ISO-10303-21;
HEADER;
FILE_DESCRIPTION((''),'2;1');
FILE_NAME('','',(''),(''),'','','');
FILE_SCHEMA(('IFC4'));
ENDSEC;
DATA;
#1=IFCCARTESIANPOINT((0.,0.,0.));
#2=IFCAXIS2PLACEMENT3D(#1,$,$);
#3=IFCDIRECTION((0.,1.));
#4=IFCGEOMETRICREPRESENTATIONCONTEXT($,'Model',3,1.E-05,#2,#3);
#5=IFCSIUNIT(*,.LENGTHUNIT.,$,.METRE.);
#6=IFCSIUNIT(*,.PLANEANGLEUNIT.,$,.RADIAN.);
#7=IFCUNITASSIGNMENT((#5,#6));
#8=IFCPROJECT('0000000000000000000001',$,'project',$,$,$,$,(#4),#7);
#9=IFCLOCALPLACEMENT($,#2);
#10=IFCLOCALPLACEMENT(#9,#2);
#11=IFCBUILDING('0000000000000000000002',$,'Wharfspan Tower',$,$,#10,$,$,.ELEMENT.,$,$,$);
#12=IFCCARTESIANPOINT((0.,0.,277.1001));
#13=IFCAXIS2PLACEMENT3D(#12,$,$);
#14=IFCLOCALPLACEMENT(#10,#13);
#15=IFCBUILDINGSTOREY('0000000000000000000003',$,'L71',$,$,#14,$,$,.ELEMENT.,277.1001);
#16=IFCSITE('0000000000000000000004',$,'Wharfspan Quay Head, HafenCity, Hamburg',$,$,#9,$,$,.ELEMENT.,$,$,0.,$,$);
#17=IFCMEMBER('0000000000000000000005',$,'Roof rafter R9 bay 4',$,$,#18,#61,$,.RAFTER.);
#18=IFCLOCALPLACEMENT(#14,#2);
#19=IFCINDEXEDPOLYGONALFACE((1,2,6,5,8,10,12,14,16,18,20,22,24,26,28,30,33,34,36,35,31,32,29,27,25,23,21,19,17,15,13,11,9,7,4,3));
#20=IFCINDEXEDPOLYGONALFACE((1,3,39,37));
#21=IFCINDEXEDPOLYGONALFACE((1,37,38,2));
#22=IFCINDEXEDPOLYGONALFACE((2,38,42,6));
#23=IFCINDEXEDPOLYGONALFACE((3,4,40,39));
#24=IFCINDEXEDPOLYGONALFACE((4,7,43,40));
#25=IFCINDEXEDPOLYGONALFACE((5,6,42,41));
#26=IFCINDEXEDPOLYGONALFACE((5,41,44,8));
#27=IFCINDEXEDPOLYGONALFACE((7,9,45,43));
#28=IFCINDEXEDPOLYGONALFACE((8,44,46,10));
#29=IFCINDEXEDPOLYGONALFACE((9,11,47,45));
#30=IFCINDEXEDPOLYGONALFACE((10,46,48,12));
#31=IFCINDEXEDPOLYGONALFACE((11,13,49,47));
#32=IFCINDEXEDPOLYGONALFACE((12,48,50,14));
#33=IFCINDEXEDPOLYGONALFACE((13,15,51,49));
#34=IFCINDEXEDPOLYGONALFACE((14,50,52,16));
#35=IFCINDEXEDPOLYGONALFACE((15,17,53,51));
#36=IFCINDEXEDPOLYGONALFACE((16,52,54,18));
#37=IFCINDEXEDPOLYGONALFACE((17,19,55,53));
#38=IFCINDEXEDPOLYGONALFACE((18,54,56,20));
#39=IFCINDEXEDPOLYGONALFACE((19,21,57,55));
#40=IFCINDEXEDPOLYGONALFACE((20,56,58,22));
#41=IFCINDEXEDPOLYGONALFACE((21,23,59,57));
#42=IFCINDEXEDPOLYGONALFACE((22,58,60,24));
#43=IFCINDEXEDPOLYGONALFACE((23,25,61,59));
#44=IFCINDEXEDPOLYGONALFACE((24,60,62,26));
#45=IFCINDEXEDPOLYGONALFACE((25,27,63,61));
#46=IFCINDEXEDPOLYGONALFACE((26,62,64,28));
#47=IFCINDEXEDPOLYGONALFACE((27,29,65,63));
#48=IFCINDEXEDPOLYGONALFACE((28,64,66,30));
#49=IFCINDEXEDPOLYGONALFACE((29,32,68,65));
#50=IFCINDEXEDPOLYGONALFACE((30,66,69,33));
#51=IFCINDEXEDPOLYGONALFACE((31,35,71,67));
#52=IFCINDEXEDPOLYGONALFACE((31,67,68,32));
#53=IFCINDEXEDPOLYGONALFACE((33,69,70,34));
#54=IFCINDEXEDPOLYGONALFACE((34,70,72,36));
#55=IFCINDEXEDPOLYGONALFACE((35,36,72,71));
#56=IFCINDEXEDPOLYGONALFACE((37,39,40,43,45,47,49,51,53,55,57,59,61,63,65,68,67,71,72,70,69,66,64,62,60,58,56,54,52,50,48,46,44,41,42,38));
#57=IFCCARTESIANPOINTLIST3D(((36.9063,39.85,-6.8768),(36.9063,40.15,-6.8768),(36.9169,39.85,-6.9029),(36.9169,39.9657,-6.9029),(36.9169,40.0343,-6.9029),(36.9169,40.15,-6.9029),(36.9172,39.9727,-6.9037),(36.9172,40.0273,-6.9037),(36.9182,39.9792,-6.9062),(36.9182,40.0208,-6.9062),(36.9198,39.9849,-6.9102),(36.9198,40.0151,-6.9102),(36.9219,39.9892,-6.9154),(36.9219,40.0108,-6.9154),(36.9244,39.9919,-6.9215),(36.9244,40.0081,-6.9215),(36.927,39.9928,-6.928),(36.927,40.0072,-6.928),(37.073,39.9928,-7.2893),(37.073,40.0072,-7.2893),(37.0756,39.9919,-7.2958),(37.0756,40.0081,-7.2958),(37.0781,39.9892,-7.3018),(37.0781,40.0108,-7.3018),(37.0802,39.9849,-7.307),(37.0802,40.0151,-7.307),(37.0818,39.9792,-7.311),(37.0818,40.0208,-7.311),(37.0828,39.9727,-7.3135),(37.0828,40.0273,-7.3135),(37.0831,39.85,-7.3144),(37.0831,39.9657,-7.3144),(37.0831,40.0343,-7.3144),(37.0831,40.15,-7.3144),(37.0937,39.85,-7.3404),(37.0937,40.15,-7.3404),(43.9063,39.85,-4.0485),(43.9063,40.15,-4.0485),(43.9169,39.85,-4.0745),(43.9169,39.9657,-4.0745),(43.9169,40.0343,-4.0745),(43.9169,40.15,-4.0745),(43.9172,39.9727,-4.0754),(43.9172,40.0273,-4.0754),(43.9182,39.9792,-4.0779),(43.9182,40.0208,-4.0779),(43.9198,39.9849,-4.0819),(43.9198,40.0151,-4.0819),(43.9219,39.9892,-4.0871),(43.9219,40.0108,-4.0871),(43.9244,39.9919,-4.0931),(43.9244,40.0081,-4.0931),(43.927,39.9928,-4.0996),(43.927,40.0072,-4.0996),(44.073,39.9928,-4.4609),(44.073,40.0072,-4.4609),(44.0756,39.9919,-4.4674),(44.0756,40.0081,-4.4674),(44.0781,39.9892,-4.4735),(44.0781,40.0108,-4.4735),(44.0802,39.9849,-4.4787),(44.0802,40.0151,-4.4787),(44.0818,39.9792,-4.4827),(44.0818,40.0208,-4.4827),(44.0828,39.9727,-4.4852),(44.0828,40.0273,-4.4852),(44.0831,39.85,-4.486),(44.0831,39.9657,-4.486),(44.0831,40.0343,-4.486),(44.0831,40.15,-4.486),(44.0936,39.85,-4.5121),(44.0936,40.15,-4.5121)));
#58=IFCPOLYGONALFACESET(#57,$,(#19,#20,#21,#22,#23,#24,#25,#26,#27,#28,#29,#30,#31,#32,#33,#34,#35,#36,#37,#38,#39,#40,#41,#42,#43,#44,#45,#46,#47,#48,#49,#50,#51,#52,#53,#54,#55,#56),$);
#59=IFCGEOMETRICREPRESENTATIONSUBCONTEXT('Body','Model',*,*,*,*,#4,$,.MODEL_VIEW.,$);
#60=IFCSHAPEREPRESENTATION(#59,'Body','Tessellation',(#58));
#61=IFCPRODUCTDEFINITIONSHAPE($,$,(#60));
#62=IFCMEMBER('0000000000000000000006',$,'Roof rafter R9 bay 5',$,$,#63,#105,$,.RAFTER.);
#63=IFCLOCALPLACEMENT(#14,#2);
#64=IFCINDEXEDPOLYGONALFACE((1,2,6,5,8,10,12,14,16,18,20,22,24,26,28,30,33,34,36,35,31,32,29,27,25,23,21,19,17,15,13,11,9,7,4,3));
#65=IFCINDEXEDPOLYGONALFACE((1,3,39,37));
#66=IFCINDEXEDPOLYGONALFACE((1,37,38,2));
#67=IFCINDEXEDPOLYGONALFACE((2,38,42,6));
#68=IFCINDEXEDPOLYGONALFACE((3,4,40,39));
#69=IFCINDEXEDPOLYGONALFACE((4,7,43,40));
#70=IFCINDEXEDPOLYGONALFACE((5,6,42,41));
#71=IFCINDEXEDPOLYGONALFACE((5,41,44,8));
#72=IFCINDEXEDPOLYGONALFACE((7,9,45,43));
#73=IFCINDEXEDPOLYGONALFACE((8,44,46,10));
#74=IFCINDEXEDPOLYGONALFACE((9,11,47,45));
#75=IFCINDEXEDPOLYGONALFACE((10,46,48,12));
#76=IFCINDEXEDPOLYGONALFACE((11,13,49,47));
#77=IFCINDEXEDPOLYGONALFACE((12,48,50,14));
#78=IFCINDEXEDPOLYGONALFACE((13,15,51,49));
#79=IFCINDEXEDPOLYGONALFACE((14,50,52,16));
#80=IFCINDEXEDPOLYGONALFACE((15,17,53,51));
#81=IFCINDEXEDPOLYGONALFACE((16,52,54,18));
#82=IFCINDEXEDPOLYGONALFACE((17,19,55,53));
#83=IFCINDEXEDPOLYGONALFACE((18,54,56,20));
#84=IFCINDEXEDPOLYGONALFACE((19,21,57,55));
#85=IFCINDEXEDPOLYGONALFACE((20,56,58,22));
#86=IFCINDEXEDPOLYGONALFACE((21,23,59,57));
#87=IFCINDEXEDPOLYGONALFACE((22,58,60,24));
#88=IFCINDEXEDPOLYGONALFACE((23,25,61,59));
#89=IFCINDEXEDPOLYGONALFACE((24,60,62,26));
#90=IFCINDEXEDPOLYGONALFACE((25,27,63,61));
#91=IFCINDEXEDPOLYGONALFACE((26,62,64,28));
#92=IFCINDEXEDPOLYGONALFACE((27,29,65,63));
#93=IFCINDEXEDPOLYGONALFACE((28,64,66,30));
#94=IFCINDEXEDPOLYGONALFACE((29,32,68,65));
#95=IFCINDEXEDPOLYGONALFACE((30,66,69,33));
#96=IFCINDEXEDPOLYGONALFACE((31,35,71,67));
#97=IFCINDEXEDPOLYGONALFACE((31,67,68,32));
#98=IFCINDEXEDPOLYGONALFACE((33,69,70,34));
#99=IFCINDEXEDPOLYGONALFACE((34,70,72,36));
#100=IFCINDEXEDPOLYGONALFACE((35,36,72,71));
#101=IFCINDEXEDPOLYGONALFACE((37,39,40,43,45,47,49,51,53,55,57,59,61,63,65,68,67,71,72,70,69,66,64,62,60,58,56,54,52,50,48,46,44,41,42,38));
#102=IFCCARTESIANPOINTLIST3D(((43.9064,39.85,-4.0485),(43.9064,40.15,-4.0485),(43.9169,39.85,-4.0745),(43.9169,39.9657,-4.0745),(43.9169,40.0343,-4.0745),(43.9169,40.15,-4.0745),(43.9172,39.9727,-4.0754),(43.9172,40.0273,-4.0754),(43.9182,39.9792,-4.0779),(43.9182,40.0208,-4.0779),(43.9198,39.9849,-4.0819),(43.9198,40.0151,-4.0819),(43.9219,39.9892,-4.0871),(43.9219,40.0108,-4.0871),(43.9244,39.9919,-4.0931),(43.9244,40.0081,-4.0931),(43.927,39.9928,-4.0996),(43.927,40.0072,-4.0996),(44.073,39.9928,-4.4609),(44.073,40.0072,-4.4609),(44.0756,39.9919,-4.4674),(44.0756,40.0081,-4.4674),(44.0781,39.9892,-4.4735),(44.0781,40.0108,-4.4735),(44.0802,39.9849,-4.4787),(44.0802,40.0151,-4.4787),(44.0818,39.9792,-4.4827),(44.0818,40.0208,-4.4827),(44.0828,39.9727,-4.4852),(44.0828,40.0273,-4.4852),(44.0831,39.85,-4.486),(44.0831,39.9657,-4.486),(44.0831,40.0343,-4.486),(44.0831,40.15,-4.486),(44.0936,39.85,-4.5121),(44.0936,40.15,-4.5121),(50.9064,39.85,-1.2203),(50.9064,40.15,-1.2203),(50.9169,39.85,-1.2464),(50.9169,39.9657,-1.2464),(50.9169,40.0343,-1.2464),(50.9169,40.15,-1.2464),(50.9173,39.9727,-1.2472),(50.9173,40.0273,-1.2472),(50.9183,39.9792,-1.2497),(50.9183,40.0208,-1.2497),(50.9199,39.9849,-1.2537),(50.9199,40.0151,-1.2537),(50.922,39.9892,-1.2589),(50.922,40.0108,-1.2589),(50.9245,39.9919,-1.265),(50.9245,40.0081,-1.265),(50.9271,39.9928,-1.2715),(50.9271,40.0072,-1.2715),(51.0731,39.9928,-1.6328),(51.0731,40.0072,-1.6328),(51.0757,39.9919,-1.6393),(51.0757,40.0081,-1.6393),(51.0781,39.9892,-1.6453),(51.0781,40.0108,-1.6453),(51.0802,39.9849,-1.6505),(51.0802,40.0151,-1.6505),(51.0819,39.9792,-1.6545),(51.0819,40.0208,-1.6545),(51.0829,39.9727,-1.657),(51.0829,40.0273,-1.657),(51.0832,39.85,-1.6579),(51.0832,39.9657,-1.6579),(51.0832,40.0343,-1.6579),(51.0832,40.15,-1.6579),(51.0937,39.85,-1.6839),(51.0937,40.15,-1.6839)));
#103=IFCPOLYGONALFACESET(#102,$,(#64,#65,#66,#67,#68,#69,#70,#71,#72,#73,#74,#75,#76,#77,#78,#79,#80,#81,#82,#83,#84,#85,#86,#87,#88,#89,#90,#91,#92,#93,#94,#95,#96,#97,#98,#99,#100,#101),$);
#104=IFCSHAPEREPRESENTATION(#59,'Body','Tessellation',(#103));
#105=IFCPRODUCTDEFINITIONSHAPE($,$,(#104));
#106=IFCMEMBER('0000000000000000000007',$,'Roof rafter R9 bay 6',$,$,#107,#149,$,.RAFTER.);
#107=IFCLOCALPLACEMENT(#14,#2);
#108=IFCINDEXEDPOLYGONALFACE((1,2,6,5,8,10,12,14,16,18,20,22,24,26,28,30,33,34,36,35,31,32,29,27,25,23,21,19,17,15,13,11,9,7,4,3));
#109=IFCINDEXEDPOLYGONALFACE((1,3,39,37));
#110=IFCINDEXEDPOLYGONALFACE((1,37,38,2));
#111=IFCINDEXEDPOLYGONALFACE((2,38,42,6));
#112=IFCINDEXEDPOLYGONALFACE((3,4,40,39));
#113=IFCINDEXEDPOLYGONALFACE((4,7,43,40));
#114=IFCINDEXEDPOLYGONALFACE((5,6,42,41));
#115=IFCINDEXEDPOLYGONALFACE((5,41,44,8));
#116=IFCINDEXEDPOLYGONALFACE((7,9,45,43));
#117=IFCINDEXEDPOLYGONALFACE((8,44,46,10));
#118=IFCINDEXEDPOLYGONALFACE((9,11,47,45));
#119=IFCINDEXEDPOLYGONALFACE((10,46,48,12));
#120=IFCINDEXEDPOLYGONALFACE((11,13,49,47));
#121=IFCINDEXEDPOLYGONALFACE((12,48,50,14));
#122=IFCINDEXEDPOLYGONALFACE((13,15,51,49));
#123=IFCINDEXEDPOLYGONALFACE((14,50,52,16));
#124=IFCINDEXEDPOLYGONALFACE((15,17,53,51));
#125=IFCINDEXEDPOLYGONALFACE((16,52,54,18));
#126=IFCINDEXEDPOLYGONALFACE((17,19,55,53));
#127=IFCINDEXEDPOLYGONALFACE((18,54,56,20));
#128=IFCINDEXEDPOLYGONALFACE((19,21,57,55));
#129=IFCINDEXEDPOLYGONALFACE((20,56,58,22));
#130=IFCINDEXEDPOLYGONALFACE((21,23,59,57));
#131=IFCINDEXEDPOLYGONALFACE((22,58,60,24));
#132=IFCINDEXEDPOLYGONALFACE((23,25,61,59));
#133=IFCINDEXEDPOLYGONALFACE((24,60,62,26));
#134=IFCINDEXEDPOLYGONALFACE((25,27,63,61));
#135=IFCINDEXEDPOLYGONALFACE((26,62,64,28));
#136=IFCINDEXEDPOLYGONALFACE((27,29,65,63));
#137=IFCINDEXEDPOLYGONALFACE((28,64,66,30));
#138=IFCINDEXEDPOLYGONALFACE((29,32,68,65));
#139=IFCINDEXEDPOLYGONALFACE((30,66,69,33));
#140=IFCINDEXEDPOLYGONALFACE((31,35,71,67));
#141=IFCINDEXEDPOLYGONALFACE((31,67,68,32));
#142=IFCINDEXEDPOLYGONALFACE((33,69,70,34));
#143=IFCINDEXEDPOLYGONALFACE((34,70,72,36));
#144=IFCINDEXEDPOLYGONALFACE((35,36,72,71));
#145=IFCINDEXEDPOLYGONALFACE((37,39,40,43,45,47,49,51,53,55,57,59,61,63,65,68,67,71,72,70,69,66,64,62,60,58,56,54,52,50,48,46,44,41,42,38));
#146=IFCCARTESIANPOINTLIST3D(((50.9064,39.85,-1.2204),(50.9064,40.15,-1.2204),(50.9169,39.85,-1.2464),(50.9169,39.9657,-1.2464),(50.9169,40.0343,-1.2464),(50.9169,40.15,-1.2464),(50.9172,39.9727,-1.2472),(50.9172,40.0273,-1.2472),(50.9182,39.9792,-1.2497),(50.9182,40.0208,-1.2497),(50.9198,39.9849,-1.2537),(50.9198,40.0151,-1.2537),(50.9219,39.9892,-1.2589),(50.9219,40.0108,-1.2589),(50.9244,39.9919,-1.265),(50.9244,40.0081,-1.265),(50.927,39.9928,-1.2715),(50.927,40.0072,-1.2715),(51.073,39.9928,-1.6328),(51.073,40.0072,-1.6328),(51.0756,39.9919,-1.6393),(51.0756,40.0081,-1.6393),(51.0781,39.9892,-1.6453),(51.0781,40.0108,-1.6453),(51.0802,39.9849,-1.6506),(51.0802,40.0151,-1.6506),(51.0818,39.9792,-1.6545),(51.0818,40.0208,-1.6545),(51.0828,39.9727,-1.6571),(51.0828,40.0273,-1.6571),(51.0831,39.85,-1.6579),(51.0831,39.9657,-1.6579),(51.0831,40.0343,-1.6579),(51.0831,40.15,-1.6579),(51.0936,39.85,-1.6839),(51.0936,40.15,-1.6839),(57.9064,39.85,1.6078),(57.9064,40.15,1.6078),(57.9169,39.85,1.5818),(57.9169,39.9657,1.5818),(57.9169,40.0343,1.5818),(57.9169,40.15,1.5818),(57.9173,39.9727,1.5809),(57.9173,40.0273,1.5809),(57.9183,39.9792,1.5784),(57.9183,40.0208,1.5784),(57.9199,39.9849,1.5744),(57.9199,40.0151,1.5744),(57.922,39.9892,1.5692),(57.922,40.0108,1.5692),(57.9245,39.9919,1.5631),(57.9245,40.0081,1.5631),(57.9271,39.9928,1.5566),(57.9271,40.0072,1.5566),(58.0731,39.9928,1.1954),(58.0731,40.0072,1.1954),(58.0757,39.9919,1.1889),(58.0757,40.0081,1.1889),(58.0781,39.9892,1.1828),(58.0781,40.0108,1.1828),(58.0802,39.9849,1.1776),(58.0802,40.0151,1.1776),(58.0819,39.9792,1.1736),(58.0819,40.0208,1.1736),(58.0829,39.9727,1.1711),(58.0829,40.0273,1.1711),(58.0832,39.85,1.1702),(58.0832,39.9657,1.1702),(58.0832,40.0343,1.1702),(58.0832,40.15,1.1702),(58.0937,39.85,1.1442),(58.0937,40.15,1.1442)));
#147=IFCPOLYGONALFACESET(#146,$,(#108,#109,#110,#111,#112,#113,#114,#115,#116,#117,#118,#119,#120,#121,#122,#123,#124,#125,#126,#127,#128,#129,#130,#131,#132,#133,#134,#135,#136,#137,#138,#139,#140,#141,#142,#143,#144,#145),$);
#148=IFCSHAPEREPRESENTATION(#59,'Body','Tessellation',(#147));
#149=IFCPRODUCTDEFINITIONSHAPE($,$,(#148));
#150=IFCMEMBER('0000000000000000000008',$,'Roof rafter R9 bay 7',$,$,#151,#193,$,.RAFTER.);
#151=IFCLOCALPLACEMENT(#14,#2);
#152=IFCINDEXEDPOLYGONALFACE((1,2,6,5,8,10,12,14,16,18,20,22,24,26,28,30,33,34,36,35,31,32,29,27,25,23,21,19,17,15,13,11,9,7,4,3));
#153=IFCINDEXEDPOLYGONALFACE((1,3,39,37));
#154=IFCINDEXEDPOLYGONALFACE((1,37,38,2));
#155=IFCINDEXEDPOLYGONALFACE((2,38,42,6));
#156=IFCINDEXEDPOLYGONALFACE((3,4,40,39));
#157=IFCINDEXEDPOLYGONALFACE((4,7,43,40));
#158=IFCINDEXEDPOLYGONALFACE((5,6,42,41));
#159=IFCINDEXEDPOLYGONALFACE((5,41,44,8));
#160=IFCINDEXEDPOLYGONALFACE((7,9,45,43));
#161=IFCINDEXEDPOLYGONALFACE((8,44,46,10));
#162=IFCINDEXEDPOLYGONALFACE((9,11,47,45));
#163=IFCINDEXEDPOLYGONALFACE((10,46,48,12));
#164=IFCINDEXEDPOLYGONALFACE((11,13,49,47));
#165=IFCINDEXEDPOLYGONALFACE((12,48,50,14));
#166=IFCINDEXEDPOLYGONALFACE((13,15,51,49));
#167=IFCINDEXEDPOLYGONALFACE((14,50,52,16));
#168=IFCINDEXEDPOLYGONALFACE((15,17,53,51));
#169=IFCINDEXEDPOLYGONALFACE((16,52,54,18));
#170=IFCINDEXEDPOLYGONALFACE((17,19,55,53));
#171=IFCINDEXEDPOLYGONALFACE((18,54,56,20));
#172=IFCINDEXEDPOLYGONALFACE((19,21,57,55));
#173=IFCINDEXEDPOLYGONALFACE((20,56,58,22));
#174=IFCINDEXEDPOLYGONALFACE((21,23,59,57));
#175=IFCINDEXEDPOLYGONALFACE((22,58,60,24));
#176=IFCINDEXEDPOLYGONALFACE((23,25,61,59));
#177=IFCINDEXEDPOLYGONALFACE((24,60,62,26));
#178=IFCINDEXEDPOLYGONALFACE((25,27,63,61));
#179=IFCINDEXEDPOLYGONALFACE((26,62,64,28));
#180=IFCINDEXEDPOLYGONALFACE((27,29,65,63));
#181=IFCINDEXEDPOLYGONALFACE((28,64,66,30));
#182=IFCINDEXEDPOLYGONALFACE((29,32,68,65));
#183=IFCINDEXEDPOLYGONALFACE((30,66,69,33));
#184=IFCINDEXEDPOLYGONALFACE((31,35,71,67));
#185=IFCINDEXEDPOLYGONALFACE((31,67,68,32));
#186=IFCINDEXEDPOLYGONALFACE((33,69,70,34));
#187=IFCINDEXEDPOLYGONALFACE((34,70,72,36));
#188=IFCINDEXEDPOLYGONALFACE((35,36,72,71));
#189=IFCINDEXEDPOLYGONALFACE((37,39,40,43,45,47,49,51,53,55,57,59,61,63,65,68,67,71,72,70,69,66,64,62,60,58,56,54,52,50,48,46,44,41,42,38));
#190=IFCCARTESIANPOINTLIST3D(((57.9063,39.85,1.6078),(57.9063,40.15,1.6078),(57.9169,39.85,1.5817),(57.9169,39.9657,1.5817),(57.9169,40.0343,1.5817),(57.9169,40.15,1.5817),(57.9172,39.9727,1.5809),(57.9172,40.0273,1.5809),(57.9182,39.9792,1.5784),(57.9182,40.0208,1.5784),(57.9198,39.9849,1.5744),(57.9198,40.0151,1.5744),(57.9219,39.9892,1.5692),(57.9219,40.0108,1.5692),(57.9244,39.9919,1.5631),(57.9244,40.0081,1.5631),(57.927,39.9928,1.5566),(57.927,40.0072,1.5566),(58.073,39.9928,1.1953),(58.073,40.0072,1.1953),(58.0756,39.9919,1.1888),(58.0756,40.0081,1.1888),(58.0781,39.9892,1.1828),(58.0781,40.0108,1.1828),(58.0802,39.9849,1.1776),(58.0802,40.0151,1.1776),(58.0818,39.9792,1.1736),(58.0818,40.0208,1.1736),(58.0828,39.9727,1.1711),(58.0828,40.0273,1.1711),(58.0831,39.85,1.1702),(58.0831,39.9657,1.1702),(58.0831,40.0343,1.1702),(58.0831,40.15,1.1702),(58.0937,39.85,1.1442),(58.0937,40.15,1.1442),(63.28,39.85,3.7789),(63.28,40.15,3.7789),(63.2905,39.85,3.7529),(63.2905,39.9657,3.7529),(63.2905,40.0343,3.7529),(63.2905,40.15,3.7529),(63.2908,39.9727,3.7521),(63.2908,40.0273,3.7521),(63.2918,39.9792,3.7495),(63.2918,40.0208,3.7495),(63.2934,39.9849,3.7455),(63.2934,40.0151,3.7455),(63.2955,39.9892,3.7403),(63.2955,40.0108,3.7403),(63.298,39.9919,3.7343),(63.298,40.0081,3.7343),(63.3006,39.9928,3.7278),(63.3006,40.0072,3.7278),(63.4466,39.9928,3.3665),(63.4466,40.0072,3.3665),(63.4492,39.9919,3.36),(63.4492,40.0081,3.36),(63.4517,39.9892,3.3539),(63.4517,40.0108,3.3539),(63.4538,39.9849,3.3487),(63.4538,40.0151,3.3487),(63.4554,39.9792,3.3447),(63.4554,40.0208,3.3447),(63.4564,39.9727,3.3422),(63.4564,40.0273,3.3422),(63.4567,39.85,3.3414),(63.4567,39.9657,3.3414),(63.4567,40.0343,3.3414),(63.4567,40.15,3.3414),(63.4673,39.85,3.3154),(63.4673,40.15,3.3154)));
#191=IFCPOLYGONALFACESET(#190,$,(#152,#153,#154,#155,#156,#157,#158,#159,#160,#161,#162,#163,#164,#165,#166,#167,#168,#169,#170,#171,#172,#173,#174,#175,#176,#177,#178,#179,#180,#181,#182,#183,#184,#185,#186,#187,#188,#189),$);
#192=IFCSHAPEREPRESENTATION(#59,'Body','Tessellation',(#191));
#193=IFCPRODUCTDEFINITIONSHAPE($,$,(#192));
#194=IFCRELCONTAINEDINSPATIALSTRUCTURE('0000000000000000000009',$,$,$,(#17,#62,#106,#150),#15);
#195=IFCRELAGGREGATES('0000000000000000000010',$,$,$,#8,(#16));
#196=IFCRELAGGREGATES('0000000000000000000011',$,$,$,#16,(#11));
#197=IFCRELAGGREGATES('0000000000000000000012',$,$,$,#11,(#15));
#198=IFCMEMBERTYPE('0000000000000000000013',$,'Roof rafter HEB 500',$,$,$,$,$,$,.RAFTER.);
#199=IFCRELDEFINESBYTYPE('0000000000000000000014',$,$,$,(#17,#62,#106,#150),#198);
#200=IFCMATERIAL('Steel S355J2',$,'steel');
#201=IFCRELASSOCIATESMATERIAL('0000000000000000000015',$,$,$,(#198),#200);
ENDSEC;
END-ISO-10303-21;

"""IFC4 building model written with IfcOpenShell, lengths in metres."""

from ifc_helpers import new_model, si_unit, direction, frame, origin, origin_2d, place, context, subcontext, project, spatial, i_section, extrude, material, material_profile, profile_set, type_object, element, save


model = new_model("IFC4")

# Units and contexts
model_context = context("Model", 3, precision=1e-05, world=origin(), true_north=direction((0.0, 1.0)))
body_context = subcontext(model_context, "Body", "Model", "MODEL_VIEW")
ifc_project = project(units=[si_unit("LENGTHUNIT", "METRE"), si_unit("PLANEANGLEUNIT", "RADIAN")], contexts=[model_context])

# Site, building, storey
site_placement = place(None, origin())
site = spatial("IfcSite", under=ifc_project, at=site_placement, Name="Wharfspan Quay Head, HafenCity, Hamburg", CompositionType="ELEMENT", RefElevation=0.0)
building_placement = place(site_placement, origin())
building = spatial("IfcBuilding", under=site, at=building_placement, Name="Wharfspan Tower", CompositionType="ELEMENT")
storey_placement = place(building_placement, frame((0.0, 0.0, 277.1001)))
storey = spatial("IfcBuildingStorey", under=building, at=storey_placement, Name="L71", CompositionType="ELEMENT", Elevation=277.1001)

# Shared definitions
ifc_material_1 = material(Name="Steel S355J2", Category="steel")

# Members
ifc_material_profile_1 = material_profile(ifc_material_1, i_section(OverallWidth=0.3, OverallDepth=0.5, WebThickness=0.0144, FlangeThickness=0.0281, FilletRadius=0.0271, at=origin_2d()))
ifc_profile_set_1 = profile_set([ifc_material_profile_1], Name="Steel S355J2")
member_type_1 = type_object("IfcMemberType", Name="Roof rafter HEB 500", PredefinedType="RAFTER", material=ifc_profile_set_1)
for number, where, z_axis, x_axis, name in (
    (1, (37.0, 40.0, -7.1086), (0.927175, 0.0, 0.374628), (0.0, 1.0, 0.0), "Roof rafter R9 bay 4"),
    (2, (44.0, 40.0, -4.2803), (0.927187, 0.0, 0.3746), (0.0, 1.0, 0.0), "Roof rafter R9 bay 5"),
    (3, (51.0, 40.0, -1.4521), (0.927187, 0.0, 0.3746), (0.0, 1.0, 0.0), "Roof rafter R9 bay 6"),
):
    element("IfcMember", number, at=place(storey_placement, frame(where, z_axis=z_axis, x_axis=x_axis)), inside=storey, type_object=member_type_1, Name=name, PredefinedType="RAFTER", context=body_context, shape_type="SweptSolid", body=[
        extrude(i_section(OverallWidth=0.3, OverallDepth=0.5, WebThickness=0.0144, FlangeThickness=0.0281, FilletRadius=0.0271, at=origin_2d()), origin(), (0.0, 0.0, 1.0), 7.5498),
    ])
member_1_placement = place(storey_placement, frame((58.0, 40.0, 1.376), z_axis=(0.927178, 0.0, 0.37462), x_axis=(0.0, 1.0, 0.0)))
element("IfcMember", 4, at=member_1_placement, inside=storey, type_object=member_type_1, Name="Roof rafter R9 bay 7", PredefinedType="RAFTER", context=body_context, shape_type="SweptSolid", body=[
    extrude(i_section(OverallWidth=0.3, OverallDepth=0.5, WebThickness=0.0144, FlangeThickness=0.0281, FilletRadius=0.0271, at=origin_2d()), origin(), (0.0, 0.0, 1.0), 5.7957),
])

save(model, "model.ifc")
